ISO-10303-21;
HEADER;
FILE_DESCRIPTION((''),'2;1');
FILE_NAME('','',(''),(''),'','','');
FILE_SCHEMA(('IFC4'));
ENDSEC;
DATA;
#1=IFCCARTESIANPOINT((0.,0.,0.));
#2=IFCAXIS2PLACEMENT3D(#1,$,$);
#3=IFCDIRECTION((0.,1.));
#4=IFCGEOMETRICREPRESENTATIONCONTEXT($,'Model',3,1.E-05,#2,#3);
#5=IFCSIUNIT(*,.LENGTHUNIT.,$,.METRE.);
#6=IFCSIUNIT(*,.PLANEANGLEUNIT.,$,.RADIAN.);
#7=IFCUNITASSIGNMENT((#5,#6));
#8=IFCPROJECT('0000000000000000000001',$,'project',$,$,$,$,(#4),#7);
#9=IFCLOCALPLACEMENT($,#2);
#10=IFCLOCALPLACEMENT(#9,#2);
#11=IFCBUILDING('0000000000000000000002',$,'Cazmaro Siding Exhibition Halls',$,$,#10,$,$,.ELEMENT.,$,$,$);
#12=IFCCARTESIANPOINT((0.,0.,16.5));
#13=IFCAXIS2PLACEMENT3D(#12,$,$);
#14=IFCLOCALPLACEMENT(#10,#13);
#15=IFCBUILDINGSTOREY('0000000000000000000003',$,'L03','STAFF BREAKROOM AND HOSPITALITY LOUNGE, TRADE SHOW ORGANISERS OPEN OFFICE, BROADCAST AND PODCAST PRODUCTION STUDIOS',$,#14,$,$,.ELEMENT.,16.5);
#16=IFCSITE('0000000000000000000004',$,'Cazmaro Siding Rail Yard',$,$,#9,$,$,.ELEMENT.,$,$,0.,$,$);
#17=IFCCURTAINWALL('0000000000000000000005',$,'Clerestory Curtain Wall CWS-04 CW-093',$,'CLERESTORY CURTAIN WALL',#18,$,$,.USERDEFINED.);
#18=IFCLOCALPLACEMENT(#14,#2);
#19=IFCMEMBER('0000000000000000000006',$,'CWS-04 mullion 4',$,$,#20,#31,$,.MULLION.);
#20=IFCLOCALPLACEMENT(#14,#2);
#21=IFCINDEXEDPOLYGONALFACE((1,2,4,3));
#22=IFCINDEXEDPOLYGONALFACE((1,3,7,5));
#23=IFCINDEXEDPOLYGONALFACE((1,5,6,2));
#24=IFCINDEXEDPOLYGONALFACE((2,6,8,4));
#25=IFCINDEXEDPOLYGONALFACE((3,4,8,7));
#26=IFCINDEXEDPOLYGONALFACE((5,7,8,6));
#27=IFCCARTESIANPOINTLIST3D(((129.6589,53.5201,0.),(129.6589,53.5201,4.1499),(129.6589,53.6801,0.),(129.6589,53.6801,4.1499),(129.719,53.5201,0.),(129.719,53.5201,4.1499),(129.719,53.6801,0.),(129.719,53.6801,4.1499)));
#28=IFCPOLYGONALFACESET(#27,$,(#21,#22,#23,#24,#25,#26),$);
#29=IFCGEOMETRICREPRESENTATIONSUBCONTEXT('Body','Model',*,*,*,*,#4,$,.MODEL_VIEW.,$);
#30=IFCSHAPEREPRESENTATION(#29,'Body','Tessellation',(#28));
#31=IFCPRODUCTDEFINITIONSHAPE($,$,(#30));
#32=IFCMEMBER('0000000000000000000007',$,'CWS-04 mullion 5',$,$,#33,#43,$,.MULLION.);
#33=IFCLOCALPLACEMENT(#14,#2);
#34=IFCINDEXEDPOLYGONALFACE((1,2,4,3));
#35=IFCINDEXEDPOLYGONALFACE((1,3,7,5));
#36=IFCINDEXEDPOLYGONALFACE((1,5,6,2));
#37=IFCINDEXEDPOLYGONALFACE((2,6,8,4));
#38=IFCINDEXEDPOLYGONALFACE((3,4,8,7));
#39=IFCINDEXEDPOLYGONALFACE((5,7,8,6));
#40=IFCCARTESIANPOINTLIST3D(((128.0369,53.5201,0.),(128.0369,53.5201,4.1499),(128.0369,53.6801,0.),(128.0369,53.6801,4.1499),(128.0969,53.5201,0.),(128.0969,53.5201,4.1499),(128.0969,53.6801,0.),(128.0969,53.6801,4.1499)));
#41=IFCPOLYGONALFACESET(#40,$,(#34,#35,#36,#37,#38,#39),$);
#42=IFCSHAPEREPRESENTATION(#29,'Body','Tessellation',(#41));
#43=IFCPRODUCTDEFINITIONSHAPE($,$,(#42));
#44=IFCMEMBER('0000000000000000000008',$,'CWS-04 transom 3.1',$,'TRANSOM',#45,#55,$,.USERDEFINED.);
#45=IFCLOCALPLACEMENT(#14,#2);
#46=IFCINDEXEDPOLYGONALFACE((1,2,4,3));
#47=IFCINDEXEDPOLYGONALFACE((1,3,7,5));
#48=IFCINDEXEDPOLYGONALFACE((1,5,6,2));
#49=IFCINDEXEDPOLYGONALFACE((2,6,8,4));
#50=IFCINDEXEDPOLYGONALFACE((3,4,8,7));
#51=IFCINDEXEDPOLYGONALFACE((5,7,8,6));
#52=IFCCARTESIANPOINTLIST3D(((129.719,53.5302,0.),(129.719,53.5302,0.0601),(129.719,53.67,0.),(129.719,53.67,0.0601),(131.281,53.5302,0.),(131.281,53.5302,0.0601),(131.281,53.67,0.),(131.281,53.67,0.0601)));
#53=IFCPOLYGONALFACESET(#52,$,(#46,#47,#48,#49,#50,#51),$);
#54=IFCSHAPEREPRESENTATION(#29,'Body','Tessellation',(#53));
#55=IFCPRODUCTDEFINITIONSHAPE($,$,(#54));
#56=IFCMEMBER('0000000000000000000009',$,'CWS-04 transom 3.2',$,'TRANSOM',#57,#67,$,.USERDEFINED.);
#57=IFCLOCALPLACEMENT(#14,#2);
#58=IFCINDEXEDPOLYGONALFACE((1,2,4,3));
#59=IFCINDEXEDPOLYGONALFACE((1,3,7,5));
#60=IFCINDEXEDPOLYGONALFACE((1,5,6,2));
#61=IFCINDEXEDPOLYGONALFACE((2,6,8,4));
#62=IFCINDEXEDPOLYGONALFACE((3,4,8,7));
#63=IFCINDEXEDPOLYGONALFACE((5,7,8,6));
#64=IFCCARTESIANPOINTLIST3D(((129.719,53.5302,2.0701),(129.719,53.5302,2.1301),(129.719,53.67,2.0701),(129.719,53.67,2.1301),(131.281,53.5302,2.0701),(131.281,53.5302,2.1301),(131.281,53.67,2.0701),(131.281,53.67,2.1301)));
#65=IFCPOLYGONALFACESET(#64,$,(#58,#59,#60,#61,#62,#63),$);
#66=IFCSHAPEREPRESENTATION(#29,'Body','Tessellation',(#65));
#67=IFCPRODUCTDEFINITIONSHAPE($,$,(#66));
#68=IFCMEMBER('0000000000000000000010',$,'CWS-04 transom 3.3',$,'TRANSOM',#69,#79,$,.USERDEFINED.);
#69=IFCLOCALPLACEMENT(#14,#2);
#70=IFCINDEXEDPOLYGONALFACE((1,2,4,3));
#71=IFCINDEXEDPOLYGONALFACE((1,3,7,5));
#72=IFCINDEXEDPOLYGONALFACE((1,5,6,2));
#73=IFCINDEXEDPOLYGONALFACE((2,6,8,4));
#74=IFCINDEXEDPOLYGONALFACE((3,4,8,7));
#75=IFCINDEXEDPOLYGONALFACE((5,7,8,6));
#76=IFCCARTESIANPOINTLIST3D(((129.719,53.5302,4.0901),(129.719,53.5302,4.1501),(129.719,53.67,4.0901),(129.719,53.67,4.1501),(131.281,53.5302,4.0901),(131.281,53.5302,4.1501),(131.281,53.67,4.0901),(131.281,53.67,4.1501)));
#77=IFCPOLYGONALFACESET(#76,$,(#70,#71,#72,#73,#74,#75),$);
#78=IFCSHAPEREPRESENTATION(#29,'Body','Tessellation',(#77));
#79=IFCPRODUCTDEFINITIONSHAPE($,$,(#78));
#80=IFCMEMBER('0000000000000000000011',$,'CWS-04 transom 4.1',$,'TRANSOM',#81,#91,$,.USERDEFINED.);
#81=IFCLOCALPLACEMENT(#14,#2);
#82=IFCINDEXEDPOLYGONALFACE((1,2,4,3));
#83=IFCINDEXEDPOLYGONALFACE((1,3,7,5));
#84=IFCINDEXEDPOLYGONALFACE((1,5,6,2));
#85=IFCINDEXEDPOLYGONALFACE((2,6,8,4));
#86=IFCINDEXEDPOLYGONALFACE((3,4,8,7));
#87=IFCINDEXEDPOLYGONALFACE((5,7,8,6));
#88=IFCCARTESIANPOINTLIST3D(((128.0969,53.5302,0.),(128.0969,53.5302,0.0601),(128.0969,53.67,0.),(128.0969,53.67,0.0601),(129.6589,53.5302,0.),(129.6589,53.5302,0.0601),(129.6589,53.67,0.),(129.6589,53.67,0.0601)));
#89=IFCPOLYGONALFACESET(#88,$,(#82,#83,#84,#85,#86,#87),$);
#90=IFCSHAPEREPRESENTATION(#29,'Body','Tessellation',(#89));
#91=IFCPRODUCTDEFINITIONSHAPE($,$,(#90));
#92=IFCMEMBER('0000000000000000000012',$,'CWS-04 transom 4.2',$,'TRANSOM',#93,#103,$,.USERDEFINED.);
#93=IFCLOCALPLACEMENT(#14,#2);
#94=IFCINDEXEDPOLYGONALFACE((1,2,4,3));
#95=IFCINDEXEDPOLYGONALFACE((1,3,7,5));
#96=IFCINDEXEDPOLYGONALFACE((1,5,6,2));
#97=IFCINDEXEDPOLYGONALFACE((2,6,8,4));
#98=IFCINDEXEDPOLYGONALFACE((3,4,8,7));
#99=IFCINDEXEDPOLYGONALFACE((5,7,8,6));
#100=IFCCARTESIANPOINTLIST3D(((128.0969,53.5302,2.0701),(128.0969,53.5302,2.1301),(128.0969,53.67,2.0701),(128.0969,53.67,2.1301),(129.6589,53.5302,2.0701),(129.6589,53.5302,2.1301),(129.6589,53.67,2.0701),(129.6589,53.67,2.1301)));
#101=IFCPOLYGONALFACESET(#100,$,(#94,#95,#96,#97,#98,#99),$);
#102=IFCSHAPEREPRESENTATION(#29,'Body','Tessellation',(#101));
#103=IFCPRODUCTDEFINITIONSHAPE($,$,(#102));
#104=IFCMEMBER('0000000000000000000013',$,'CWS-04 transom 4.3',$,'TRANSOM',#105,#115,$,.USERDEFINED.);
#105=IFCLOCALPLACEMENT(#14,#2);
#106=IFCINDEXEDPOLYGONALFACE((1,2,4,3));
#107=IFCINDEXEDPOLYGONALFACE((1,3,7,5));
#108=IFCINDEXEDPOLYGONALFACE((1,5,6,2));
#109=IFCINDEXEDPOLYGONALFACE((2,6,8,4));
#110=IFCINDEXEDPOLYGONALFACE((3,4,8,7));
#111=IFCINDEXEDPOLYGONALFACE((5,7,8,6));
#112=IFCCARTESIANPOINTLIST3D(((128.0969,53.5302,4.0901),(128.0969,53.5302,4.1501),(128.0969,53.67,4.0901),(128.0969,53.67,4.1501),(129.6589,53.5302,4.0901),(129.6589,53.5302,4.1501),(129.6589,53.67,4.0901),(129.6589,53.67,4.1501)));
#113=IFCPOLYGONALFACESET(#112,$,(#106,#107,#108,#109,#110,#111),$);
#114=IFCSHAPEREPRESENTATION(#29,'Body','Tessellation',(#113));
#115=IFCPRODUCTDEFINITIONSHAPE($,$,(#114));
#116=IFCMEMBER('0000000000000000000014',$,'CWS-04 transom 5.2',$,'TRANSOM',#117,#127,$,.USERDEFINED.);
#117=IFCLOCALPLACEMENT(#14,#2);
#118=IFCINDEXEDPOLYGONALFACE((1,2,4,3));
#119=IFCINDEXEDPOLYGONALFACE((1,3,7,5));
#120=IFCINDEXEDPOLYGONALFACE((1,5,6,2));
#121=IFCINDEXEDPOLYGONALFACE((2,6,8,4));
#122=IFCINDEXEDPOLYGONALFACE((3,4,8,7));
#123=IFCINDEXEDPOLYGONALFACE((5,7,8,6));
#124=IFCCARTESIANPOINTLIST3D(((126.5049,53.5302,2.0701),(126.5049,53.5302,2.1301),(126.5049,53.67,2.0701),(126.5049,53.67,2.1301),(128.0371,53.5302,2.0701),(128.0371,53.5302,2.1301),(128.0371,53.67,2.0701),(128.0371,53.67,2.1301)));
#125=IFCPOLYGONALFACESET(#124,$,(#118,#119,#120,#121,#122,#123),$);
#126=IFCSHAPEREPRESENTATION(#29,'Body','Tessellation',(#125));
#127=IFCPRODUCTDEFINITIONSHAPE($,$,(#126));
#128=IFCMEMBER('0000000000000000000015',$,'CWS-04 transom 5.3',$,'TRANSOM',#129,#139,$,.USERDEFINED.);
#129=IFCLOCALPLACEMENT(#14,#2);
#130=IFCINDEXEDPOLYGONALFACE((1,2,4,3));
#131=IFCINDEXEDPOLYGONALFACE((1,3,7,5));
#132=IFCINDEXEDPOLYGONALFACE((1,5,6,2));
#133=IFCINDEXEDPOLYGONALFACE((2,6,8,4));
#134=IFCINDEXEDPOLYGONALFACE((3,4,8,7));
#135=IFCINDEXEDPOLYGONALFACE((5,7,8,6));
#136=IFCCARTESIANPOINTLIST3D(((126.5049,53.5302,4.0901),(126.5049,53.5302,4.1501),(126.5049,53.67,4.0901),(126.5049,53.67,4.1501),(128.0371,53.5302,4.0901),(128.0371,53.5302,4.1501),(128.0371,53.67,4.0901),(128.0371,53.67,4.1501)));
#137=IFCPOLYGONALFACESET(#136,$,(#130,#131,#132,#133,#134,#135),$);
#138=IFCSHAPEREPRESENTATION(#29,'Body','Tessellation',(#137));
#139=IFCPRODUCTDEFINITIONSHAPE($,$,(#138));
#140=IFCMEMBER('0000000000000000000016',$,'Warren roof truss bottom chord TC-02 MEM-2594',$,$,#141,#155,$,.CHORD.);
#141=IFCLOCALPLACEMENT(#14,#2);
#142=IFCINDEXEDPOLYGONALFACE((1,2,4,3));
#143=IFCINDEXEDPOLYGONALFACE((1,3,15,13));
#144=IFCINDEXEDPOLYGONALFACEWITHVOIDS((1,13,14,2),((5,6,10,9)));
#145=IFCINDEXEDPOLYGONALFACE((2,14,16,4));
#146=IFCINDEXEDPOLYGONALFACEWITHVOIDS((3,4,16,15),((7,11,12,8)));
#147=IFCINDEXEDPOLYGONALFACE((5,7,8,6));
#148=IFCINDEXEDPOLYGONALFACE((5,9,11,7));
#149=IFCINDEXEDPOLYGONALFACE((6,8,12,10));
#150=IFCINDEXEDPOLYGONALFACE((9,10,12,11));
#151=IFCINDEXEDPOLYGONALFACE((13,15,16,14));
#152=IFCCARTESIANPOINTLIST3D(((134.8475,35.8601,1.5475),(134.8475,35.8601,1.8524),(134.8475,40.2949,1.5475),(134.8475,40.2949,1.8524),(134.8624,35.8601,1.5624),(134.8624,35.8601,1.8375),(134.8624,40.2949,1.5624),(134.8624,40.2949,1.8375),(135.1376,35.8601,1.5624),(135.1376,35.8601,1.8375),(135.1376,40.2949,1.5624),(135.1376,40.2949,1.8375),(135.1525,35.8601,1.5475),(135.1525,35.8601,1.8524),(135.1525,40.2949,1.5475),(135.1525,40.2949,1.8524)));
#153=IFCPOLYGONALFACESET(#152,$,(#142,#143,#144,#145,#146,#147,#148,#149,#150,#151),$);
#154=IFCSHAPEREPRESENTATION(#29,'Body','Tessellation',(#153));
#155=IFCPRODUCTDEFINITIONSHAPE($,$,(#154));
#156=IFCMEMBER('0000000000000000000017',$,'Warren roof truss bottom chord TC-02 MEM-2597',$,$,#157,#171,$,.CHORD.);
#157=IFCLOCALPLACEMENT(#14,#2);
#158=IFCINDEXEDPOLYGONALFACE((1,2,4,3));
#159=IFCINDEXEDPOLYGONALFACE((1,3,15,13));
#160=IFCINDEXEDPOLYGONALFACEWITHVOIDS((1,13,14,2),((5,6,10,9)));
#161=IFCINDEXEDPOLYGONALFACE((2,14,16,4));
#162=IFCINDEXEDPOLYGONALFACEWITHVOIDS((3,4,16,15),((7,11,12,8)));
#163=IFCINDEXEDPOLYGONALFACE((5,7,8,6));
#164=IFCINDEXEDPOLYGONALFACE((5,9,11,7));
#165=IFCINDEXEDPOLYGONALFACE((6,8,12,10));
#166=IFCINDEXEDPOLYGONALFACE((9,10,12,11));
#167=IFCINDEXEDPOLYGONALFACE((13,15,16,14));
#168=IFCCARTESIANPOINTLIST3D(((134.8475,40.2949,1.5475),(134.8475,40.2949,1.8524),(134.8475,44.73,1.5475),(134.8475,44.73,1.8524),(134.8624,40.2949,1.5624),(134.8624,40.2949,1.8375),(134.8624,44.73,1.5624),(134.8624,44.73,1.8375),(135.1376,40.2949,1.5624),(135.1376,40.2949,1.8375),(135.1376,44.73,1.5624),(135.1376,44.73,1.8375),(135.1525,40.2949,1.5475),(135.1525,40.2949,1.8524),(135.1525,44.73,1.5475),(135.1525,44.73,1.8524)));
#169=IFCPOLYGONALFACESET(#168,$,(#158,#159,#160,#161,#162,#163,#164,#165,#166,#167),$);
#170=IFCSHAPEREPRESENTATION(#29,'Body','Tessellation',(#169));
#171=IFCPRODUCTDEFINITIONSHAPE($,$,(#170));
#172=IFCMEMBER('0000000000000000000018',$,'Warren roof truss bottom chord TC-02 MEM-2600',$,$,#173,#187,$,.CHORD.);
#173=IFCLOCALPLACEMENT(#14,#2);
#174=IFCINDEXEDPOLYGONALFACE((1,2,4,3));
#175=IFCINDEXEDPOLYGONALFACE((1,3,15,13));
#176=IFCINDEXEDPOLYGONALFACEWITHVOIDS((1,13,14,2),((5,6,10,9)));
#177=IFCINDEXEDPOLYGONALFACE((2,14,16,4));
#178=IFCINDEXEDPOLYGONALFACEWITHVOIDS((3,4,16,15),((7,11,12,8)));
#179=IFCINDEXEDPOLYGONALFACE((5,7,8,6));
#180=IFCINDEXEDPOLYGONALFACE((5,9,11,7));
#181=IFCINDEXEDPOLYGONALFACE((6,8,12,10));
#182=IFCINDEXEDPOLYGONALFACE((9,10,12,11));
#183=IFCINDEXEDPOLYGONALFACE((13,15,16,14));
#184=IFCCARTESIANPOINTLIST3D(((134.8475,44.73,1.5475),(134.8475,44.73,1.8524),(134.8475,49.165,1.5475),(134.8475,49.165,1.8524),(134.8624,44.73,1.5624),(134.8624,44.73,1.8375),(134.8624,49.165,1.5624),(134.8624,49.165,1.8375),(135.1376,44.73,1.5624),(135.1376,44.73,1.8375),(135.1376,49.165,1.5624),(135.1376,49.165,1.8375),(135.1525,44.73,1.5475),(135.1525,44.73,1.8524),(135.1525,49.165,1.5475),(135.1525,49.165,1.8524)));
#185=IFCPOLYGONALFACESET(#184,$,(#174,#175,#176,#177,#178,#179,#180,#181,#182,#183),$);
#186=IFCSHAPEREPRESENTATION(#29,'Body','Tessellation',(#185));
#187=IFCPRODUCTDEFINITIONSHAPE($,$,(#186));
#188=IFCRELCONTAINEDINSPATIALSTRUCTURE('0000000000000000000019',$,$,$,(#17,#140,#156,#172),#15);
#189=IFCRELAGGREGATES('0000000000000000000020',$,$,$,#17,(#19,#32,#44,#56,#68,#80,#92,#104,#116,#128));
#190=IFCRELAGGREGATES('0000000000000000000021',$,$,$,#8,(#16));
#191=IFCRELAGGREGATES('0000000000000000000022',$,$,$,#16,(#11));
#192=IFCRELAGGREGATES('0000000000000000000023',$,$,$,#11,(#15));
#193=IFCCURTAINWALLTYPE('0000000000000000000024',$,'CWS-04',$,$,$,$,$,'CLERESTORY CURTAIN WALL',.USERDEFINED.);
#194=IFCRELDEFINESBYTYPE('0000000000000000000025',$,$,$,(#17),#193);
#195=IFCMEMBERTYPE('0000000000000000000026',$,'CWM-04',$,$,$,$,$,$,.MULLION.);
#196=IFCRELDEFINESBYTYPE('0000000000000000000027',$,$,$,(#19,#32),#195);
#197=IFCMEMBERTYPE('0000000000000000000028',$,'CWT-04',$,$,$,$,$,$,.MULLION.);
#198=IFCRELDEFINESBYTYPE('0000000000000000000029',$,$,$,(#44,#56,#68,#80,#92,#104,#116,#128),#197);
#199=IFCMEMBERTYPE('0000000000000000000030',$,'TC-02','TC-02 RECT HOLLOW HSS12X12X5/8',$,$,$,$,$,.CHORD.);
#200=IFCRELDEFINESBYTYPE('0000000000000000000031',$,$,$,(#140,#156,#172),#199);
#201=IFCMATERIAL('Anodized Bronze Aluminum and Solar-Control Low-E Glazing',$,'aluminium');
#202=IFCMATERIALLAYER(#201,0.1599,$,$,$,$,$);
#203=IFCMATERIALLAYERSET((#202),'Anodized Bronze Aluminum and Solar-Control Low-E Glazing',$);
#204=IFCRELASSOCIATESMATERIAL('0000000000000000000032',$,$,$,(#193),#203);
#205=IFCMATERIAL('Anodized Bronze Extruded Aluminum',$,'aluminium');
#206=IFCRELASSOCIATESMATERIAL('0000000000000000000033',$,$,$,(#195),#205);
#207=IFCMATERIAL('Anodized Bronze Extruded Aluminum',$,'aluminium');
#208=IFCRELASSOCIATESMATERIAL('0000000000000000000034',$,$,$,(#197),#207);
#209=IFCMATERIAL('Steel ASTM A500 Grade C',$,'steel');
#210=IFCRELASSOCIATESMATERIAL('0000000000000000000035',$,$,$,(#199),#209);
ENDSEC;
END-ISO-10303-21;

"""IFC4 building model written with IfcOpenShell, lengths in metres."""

from ifc_helpers import new_model, si_unit, direction, frame, origin, origin_2d, place, context, subcontext, project, spatial, rectangle, hollow_rectangle, extrude, material, layer, layer_set, material_profile, profile_set, type_object, element, aggregate, save


model = new_model("IFC4")

# Units and contexts
model_context = context("Model", 3, precision=1e-05, world=origin(), true_north=direction((0.0, 1.0)))
body_context = subcontext(model_context, "Body", "Model", "MODEL_VIEW")
ifc_project = project(units=[si_unit("LENGTHUNIT", "METRE"), si_unit("PLANEANGLEUNIT", "RADIAN")], contexts=[model_context])

# Site, building, storey
site_placement = place(None, origin())
site = spatial("IfcSite", under=ifc_project, at=site_placement, Name="Cazmaro Siding Rail Yard", CompositionType="ELEMENT", RefElevation=0.0)
building_placement = place(site_placement, origin())
building = spatial("IfcBuilding", under=site, at=building_placement, Name="Cazmaro Siding Exhibition Halls", CompositionType="ELEMENT")
storey_placement = place(building_placement, frame((0.0, 0.0, 16.5)))
storey = spatial("IfcBuildingStorey", under=building, at=storey_placement, Name="L03", Description="STAFF BREAKROOM AND HOSPITALITY LOUNGE, TRADE SHOW ORGANISERS OPEN OFFICE, BROADCAST AND PODCAST PRODUCTION STUDIOS", CompositionType="ELEMENT", Elevation=16.5)

# Curtain wall, members
ifc_material_1 = material(Name="Anodized Bronze Aluminum and Solar-Control Low-E Glazing", Category="aluminium")
ifc_layer_1 = layer(ifc_material_1, 0.1599)
ifc_layer_set_1 = layer_set([ifc_layer_1], Name="Anodized Bronze Aluminum and Solar-Control Low-E Glazing")
curtain_wall_type = type_object("IfcCurtainWallType", Name="CWS-04", ElementType="CLERESTORY CURTAIN WALL", PredefinedType="USERDEFINED", material=ifc_layer_set_1)
curtain_wall_placement = place(storey_placement, origin())
curtain_wall = element("IfcCurtainWall", 1, at=curtain_wall_placement, inside=storey, type_object=curtain_wall_type, Name="Clerestory Curtain Wall CWS-04 CW-093", ObjectType="CLERESTORY CURTAIN WALL", PredefinedType="USERDEFINED")
ifc_material_2 = material(Name="Anodized Bronze Extruded Aluminum", Category="aluminium")
ifc_material_profile_1 = material_profile(ifc_material_2, rectangle(XDim=0.1599, YDim=0.0601, at=origin_2d()), Name="CWM-04")
ifc_profile_set_1 = profile_set([ifc_material_profile_1], Name="Anodized Bronze Extruded Aluminum")
member_type_1 = type_object("IfcMemberType", Name="CWM-04", PredefinedType="MULLION", material=ifc_profile_set_1)
member_1_placement = place(storey_placement, frame((129.689, 53.6001, 0.0), z_axis=(0.0, 0.0, 1.0), x_axis=(0.0, -1.0, 0.0)))
member_1 = element("IfcMember", 2, at=member_1_placement, type_object=member_type_1, Name="CWS-04 mullion 4", PredefinedType="MULLION", context=body_context, shape_type="SweptSolid", body=[
    extrude(rectangle(XDim=0.1599, YDim=0.0601, at=origin_2d()), origin(), (0.0, 0.0, 1.0), 4.1499),
])
member_2_placement = place(storey_placement, frame((128.0669, 53.6001, 0.0), z_axis=(0.0, 0.0, 1.0), x_axis=(0.0, -1.0, 0.0)))
member_2 = element("IfcMember", 3, at=member_2_placement, type_object=member_type_1, Name="CWS-04 mullion 5", PredefinedType="MULLION", context=body_context, shape_type="SweptSolid", body=[
    extrude(rectangle(XDim=0.1599, YDim=0.0601, at=origin_2d()), origin(), (0.0, 0.0, 1.0), 4.1499),
])
ifc_material_3 = material(Name="Anodized Bronze Extruded Aluminum", Category="aluminium")
ifc_material_profile_2 = material_profile(ifc_material_3, rectangle(XDim=0.1399, YDim=0.0601, at=origin_2d()), Name="CWT-04")
ifc_profile_set_2 = profile_set([ifc_material_profile_2], Name="Anodized Bronze Extruded Aluminum")
member_type_2 = type_object("IfcMemberType", Name="CWT-04", PredefinedType="MULLION", material=ifc_profile_set_2)
member_3_placement = place(storey_placement, frame((131.281, 53.6001, 0.03), z_axis=(-1.0, 0.0, 0.0), x_axis=(0.0, -1.0, 0.0)))
member_3 = element("IfcMember", 4, at=member_3_placement, type_object=member_type_2, Name="CWS-04 transom 3.1", ObjectType="TRANSOM", PredefinedType="USERDEFINED", context=body_context, shape_type="SweptSolid", body=[
    extrude(rectangle(XDim=0.1399, YDim=0.0601, at=origin_2d()), origin(), (0.0, 0.0, 1.0), 1.562),
])
member_4_placement = place(storey_placement, frame((131.281, 53.6001, 2.1001), z_axis=(-1.0, 0.0, 0.0), x_axis=(0.0, -1.0, 0.0)))
member_4 = element("IfcMember", 5, at=member_4_placement, type_object=member_type_2, Name="CWS-04 transom 3.2", ObjectType="TRANSOM", PredefinedType="USERDEFINED", context=body_context, shape_type="SweptSolid", body=[
    extrude(rectangle(XDim=0.1399, YDim=0.0601, at=origin_2d()), origin(), (0.0, 0.0, 1.0), 1.562),
])
member_5_placement = place(storey_placement, frame((131.281, 53.6001, 4.1201), z_axis=(-1.0, 0.0, 0.0), x_axis=(0.0, -1.0, 0.0)))
member_5 = element("IfcMember", 6, at=member_5_placement, type_object=member_type_2, Name="CWS-04 transom 3.3", ObjectType="TRANSOM", PredefinedType="USERDEFINED", context=body_context, shape_type="SweptSolid", body=[
    extrude(rectangle(XDim=0.1399, YDim=0.0601, at=origin_2d()), origin(), (0.0, 0.0, 1.0), 1.562),
])
member_6_placement = place(storey_placement, frame((129.6589, 53.6001, 0.03), z_axis=(-1.0, 0.0, 0.0), x_axis=(0.0, -1.0, 0.0)))
member_6 = element("IfcMember", 7, at=member_6_placement, type_object=member_type_2, Name="CWS-04 transom 4.1", ObjectType="TRANSOM", PredefinedType="USERDEFINED", context=body_context, shape_type="SweptSolid", body=[
    extrude(rectangle(XDim=0.1399, YDim=0.0601, at=origin_2d()), origin(), (0.0, 0.0, 1.0), 1.562),
])
member_7_placement = place(storey_placement, frame((129.6589, 53.6001, 2.1001), z_axis=(-1.0, 0.0, 0.0), x_axis=(0.0, -1.0, 0.0)))
member_7 = element("IfcMember", 8, at=member_7_placement, type_object=member_type_2, Name="CWS-04 transom 4.2", ObjectType="TRANSOM", PredefinedType="USERDEFINED", context=body_context, shape_type="SweptSolid", body=[
    extrude(rectangle(XDim=0.1399, YDim=0.0601, at=origin_2d()), origin(), (0.0, 0.0, 1.0), 1.562),
])
member_8_placement = place(storey_placement, frame((129.6589, 53.6001, 4.1201), z_axis=(-1.0, 0.0, 0.0), x_axis=(0.0, -1.0, 0.0)))
member_8 = element("IfcMember", 9, at=member_8_placement, type_object=member_type_2, Name="CWS-04 transom 4.3", ObjectType="TRANSOM", PredefinedType="USERDEFINED", context=body_context, shape_type="SweptSolid", body=[
    extrude(rectangle(XDim=0.1399, YDim=0.0601, at=origin_2d()), origin(), (0.0, 0.0, 1.0), 1.562),
])
member_9_placement = place(storey_placement, frame((128.0371, 53.6001, 2.1001), z_axis=(-1.0, 0.0, 0.0), x_axis=(0.0, -1.0, 0.0)))
member_9 = element("IfcMember", 10, at=member_9_placement, type_object=member_type_2, Name="CWS-04 transom 5.2", ObjectType="TRANSOM", PredefinedType="USERDEFINED", context=body_context, shape_type="SweptSolid", body=[
    extrude(rectangle(XDim=0.1399, YDim=0.0601, at=origin_2d()), origin(), (0.0, 0.0, 1.0), 1.5322),
])
member_10_placement = place(storey_placement, frame((128.0371, 53.6001, 4.1201), z_axis=(-1.0, 0.0, 0.0), x_axis=(0.0, -1.0, 0.0)))
member_10 = element("IfcMember", 11, at=member_10_placement, type_object=member_type_2, Name="CWS-04 transom 5.3", ObjectType="TRANSOM", PredefinedType="USERDEFINED", context=body_context, shape_type="SweptSolid", body=[
    extrude(rectangle(XDim=0.1399, YDim=0.0601, at=origin_2d()), origin(), (0.0, 0.0, 1.0), 1.5322),
])

# Members
ifc_material_4 = material(Name="Steel ASTM A500 Grade C", Category="steel")
ifc_material_profile_3 = material_profile(ifc_material_4, hollow_rectangle(XDim=0.3049, YDim=0.3049, WallThickness=0.0149, at=origin_2d()), Name="HSS12X12X5/8")
ifc_profile_set_3 = profile_set([ifc_material_profile_3], Name="Steel ASTM A500 Grade C")
member_type_3 = type_object("IfcMemberType", Name="TC-02", Description="TC-02 RECT HOLLOW HSS12X12X5/8", PredefinedType="CHORD", material=ifc_profile_set_3)
member_11_placement = place(storey_placement, frame((135.0, 35.8601, 1.7), z_axis=(0.0, 1.0, 0.0), x_axis=(-1.0, 0.0, 0.0)))
element("IfcMember", 12, at=member_11_placement, inside=storey, type_object=member_type_3, Name="Warren roof truss bottom chord TC-02 MEM-2594", PredefinedType="CHORD", context=body_context, shape_type="SweptSolid", body=[
    extrude(hollow_rectangle(XDim=0.3049, YDim=0.3049, WallThickness=0.0149, at=origin_2d()), origin(), (0.0, 0.0, 1.0), 4.4348),
])
for number, where, z_axis, x_axis, name in (
    (13, (135.0, 40.2949, 1.7), (0.0, 1.0, 0.0), (-1.0, 0.0, 0.0), "Warren roof truss bottom chord TC-02 MEM-2597"),
    (14, (135.0, 44.73, 1.7), (0.0, 1.0, 0.0), (-1.0, 0.0, 0.0), "Warren roof truss bottom chord TC-02 MEM-2600"),
):
    element("IfcMember", number, at=place(storey_placement, frame(where, z_axis=z_axis, x_axis=x_axis)), inside=storey, type_object=member_type_3, Name=name, PredefinedType="CHORD", context=body_context, shape_type="SweptSolid", body=[
        extrude(hollow_rectangle(XDim=0.3049, YDim=0.3049, WallThickness=0.0149, at=origin_2d()), origin(), (0.0, 0.0, 1.0), 4.4351),
    ])

aggregate(curtain_wall, [member_1, member_2, member_3, member_4, member_5, member_6, member_7, member_8, member_9, member_10])

save(model, "model.ifc")
